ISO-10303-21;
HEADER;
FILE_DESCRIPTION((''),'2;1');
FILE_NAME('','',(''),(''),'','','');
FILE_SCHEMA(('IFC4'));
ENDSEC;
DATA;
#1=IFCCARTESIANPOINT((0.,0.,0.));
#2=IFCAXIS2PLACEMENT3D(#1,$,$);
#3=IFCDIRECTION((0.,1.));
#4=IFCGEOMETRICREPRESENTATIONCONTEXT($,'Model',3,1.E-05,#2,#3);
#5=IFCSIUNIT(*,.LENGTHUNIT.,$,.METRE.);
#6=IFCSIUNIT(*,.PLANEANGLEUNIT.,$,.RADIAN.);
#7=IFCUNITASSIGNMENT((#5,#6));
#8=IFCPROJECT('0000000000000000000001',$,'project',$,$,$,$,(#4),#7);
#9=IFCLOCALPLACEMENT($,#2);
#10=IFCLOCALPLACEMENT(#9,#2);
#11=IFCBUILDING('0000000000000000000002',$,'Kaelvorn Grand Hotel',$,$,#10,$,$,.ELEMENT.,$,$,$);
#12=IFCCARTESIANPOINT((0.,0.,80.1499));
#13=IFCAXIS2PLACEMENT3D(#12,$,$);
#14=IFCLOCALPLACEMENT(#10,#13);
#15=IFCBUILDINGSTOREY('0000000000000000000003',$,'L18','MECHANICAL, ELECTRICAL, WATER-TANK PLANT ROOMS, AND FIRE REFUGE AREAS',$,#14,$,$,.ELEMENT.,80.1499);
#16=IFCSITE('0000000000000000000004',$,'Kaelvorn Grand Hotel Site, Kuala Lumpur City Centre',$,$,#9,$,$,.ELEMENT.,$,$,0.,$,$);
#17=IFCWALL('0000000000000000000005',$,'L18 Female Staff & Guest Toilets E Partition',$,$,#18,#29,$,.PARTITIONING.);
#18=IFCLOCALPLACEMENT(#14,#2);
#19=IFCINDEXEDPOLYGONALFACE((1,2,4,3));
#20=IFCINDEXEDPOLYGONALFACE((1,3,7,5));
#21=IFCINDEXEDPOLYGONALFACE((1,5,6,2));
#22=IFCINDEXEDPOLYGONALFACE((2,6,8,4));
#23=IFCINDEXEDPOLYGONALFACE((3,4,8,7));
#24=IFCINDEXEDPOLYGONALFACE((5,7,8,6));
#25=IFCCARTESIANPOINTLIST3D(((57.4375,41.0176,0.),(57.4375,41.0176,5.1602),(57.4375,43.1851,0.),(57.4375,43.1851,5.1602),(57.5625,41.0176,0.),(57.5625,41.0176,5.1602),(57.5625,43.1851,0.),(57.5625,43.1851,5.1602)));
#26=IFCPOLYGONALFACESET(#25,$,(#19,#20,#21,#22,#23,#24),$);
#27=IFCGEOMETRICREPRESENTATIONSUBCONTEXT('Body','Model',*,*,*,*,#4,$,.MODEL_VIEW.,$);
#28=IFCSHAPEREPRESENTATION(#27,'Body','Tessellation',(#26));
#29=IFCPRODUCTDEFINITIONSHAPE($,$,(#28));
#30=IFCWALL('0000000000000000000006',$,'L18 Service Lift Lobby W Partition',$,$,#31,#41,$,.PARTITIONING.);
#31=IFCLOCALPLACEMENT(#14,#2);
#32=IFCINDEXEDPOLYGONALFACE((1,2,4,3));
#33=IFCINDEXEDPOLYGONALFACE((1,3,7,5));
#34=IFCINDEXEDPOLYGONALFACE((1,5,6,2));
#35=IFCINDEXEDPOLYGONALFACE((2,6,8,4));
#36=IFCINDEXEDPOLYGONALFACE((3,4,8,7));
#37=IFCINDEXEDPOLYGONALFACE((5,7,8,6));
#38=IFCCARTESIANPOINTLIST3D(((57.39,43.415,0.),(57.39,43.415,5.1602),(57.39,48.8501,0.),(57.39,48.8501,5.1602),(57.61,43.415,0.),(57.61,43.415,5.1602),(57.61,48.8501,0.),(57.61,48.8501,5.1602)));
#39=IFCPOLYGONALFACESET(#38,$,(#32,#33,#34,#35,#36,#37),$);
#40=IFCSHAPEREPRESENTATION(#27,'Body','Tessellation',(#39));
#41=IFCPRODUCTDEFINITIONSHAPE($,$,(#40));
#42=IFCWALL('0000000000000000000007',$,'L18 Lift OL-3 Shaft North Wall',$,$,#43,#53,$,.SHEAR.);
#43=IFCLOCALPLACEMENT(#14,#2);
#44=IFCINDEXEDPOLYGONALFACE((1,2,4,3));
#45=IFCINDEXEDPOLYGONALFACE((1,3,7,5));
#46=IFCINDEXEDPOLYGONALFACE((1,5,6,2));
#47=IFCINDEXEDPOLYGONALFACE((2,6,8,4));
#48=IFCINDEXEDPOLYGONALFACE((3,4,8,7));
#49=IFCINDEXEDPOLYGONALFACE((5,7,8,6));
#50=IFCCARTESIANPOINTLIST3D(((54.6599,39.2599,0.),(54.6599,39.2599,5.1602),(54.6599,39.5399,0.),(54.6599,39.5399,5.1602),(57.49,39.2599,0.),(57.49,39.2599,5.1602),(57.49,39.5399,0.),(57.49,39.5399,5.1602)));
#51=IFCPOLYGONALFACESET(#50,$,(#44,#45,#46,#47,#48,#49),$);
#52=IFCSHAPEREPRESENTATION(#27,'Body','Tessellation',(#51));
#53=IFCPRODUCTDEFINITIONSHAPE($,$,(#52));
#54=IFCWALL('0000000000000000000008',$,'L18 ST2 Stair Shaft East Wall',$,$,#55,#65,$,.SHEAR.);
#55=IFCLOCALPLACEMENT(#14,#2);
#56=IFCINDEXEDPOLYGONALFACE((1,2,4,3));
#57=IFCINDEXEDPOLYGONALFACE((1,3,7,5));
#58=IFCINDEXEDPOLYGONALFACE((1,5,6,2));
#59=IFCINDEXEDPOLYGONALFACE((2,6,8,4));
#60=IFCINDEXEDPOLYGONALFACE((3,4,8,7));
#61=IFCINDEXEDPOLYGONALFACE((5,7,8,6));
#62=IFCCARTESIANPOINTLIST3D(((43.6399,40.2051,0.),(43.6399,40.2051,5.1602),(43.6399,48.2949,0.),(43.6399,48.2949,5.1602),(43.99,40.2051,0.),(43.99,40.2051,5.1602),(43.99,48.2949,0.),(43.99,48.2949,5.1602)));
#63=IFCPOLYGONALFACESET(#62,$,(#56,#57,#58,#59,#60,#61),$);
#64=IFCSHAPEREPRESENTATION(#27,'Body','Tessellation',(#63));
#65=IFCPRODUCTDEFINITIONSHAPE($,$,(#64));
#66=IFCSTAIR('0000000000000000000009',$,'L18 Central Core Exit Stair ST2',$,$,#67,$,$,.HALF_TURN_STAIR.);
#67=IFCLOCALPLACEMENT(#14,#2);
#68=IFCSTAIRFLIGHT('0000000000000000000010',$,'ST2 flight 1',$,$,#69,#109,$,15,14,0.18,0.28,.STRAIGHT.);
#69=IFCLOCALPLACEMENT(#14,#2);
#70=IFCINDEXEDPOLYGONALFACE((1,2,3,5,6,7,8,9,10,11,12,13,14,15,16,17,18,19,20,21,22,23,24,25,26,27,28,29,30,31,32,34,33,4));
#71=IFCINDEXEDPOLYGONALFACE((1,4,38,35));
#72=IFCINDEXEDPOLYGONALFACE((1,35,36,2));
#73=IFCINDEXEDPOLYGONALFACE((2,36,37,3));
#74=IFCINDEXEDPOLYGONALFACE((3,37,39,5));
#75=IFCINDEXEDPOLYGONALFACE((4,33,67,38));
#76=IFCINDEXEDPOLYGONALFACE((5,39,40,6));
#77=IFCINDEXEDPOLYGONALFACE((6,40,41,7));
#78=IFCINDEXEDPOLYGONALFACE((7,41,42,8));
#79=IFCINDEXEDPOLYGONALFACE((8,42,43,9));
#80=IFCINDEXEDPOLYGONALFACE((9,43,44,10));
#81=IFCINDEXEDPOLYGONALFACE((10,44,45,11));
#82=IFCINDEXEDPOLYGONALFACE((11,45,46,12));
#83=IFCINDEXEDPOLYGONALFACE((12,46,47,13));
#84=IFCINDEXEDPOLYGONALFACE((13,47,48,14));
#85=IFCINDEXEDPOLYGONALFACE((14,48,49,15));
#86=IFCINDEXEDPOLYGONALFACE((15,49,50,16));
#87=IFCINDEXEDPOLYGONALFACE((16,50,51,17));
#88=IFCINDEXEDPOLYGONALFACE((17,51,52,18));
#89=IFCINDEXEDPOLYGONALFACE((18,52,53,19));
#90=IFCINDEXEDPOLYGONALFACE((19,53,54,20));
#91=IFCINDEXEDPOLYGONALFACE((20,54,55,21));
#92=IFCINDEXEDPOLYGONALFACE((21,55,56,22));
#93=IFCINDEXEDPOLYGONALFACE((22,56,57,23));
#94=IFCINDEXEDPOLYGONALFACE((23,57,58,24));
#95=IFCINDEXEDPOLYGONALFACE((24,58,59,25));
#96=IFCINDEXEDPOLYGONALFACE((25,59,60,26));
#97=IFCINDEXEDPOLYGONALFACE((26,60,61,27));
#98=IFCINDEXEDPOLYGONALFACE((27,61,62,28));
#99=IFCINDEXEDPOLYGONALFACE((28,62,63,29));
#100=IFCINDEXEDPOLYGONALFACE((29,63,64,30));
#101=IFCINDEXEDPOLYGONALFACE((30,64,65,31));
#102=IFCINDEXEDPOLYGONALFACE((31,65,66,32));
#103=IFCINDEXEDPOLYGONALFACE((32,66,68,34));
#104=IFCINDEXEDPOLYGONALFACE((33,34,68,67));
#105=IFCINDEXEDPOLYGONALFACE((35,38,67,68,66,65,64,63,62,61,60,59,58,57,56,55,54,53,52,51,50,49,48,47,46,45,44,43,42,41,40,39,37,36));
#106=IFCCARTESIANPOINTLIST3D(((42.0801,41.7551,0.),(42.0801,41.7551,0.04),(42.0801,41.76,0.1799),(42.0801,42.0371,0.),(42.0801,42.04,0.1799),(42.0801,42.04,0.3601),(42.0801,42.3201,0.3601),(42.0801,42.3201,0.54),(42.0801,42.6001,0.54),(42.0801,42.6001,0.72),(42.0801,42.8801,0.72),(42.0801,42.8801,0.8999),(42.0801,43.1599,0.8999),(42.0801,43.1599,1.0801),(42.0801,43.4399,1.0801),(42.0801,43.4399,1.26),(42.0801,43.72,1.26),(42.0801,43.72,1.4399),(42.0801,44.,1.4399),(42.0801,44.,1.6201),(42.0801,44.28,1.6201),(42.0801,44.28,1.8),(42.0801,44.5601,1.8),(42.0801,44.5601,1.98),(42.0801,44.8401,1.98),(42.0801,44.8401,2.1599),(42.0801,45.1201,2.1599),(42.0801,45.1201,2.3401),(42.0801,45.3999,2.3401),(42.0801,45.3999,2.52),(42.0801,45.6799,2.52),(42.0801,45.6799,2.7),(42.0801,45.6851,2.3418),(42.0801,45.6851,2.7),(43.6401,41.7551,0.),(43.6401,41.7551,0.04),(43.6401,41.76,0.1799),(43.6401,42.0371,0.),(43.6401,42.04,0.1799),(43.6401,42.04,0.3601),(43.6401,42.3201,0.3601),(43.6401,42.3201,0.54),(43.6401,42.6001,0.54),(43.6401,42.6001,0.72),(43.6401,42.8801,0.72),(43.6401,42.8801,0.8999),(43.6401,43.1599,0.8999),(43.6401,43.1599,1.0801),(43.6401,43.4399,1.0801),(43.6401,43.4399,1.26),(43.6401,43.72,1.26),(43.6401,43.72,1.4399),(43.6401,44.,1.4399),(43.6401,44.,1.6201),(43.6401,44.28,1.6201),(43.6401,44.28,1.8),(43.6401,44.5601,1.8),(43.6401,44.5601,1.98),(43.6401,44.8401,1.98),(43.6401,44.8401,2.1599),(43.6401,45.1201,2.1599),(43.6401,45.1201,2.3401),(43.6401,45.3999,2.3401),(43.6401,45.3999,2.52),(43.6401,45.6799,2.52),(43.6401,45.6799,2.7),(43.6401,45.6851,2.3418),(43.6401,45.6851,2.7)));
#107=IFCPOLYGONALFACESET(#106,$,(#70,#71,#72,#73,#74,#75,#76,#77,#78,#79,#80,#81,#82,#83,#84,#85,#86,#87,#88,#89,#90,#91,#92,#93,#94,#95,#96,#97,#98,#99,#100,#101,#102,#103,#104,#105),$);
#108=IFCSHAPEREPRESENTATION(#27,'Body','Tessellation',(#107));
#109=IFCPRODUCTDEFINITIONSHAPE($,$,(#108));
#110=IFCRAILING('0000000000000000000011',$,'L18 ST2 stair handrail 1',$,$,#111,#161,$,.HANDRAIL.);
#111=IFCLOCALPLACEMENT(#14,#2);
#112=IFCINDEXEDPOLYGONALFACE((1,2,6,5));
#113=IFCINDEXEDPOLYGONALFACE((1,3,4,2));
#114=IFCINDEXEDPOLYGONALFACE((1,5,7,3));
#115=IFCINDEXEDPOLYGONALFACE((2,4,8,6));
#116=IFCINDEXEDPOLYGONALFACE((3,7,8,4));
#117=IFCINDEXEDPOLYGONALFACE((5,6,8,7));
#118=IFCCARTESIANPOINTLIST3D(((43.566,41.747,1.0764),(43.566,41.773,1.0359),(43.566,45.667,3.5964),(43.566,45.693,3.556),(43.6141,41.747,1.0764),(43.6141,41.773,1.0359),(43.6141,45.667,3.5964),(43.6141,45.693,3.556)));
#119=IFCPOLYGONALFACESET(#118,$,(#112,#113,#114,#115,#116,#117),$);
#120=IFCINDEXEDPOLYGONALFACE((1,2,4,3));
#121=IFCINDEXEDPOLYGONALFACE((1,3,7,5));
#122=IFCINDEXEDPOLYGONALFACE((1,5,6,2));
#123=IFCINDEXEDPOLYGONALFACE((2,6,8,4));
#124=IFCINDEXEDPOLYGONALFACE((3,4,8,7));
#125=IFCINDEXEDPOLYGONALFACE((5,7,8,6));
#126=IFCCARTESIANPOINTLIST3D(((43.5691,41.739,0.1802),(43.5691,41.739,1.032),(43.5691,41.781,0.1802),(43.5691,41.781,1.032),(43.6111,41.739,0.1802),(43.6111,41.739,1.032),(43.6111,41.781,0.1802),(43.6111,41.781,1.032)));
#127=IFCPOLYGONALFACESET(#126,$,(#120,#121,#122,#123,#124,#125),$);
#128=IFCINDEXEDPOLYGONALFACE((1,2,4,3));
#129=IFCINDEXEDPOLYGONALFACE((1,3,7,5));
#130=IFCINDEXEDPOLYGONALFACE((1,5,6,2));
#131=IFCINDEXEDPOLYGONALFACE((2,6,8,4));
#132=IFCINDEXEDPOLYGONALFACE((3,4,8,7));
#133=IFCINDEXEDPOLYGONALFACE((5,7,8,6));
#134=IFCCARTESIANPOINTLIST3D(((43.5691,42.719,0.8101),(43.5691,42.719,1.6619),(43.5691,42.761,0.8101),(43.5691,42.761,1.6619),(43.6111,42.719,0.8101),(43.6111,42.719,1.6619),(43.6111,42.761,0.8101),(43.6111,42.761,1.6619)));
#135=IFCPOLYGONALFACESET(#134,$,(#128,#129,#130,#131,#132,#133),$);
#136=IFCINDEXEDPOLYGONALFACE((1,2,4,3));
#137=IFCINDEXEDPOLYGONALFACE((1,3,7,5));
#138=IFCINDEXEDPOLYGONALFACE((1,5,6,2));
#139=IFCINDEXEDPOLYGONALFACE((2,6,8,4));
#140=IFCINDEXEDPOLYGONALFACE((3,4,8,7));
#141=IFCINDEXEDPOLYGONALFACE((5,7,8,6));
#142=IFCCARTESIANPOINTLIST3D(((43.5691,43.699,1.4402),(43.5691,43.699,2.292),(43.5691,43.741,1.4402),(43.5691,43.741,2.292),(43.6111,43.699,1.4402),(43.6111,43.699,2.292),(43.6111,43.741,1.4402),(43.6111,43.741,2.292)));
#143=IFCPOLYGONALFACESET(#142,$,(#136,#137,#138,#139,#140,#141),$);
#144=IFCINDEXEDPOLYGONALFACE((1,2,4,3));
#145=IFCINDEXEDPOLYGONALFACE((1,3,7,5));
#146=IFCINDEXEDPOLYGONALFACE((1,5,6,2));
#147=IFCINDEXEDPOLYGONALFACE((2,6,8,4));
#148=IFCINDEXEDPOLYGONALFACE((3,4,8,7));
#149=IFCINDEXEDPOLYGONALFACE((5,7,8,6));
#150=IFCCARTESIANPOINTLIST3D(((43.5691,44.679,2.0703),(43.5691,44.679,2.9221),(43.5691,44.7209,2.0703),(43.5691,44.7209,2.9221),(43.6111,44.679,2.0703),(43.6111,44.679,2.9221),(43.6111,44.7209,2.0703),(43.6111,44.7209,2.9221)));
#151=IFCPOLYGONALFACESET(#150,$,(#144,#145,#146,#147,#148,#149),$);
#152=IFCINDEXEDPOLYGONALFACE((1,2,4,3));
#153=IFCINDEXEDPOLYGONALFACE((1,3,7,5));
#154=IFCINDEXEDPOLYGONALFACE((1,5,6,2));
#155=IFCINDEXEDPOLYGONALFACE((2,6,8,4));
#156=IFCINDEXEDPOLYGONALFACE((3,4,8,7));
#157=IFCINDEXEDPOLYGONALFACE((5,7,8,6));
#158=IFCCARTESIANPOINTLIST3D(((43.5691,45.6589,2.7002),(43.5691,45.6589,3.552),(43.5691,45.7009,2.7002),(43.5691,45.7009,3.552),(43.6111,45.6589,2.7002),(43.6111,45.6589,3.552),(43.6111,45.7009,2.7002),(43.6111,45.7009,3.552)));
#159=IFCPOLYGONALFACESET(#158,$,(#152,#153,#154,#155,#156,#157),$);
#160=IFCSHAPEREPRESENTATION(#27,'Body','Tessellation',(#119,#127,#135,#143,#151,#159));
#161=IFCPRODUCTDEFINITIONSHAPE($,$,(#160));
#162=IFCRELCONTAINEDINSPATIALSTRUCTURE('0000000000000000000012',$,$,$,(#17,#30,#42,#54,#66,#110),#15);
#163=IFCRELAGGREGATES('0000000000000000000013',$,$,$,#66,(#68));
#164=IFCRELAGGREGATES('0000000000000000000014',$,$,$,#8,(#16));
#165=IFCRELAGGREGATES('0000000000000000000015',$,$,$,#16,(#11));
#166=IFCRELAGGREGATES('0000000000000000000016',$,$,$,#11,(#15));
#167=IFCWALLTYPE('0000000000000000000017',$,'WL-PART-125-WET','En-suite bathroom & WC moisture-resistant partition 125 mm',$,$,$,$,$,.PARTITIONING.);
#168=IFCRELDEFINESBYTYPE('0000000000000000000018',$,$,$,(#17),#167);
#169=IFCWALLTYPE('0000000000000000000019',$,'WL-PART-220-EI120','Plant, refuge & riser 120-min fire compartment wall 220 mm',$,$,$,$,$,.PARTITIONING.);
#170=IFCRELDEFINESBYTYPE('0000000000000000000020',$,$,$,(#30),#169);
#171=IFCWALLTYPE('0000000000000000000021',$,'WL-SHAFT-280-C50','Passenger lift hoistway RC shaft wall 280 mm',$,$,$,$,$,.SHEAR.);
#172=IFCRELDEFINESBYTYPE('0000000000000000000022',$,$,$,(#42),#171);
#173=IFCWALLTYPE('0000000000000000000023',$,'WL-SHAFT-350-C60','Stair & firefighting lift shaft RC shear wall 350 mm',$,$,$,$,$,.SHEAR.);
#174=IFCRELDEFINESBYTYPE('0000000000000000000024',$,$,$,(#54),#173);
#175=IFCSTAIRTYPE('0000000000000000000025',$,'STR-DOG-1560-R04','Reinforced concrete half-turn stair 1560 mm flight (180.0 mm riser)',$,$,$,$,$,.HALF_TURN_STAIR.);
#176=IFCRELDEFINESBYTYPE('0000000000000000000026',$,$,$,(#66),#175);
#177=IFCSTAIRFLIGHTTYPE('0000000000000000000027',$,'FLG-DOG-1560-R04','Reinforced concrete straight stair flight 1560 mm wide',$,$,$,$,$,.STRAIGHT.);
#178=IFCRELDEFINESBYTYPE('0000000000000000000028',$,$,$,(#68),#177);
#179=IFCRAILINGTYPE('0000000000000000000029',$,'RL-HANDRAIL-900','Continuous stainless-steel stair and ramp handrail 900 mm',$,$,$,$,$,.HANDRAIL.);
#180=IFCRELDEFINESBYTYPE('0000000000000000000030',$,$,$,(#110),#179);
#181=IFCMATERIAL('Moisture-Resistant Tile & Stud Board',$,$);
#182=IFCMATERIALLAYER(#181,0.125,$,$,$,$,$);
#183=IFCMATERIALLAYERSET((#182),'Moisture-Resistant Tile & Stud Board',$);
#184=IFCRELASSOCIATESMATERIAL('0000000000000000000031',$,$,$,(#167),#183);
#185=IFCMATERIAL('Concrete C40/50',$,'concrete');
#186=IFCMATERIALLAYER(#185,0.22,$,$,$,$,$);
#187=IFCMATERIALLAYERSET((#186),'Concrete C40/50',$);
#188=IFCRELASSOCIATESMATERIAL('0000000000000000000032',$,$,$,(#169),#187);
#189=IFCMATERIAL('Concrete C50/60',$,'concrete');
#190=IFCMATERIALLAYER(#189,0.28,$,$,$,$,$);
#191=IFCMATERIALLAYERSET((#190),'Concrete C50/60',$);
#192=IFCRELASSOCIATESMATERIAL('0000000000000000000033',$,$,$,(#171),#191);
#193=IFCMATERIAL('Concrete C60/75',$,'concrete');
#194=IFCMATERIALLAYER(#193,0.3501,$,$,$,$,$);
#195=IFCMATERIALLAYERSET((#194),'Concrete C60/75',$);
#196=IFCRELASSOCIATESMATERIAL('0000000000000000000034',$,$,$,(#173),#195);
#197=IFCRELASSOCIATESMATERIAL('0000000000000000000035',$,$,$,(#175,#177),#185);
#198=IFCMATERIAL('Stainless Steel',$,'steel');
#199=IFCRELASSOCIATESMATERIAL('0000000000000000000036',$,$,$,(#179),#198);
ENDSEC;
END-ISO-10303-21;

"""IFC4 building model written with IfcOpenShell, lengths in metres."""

from ifc_helpers import new_model, si_unit, direction, frame, frame_2d, origin, origin_2d, place, context, subcontext, project, spatial, polyline, rectangle, outline, extrude, material, layer, layer_set, type_object, element, aggregate, save


model = new_model("IFC4")

# Units and contexts
model_context = context("Model", 3, precision=1e-05, world=origin(), true_north=direction((0.0, 1.0)))
body_context = subcontext(model_context, "Body", "Model", "MODEL_VIEW")
ifc_project = project(units=[si_unit("LENGTHUNIT", "METRE"), si_unit("PLANEANGLEUNIT", "RADIAN")], contexts=[model_context])

# Site, building, storey
site_placement = place(None, origin())
site = spatial("IfcSite", under=ifc_project, at=site_placement, Name="Kaelvorn Grand Hotel Site, Kuala Lumpur City Centre", CompositionType="ELEMENT", RefElevation=0.0)
building_placement = place(site_placement, origin())
building = spatial("IfcBuilding", under=site, at=building_placement, Name="Kaelvorn Grand Hotel", CompositionType="ELEMENT")
storey_placement = place(building_placement, frame((0.0, 0.0, 80.1499)))
storey = spatial("IfcBuildingStorey", under=building, at=storey_placement, Name="L18", Description="MECHANICAL, ELECTRICAL, WATER-TANK PLANT ROOMS, AND FIRE REFUGE AREAS", CompositionType="ELEMENT", Elevation=80.1499)

# Shared definitions
ifc_material_1 = material(Name="Concrete C60/75", Category="concrete")

# Shared definitions
ifc_material_2 = material(Name="Moisture-Resistant Tile & Stud Board")
ifc_layer_1 = layer(ifc_material_2, 0.125)
ifc_layer_set_1 = layer_set([ifc_layer_1], Name="Moisture-Resistant Tile & Stud Board")
wall_type_1 = type_object("IfcWallType", Name="WL-PART-125-WET", Description="En-suite bathroom & WC moisture-resistant partition 125 mm", PredefinedType="PARTITIONING", material=ifc_layer_set_1)

# Wall
wall_1_placement = place(storey_placement, frame((57.5, 41.0176, 0.0), z_axis=(0.0, 0.0, 1.0), x_axis=(0.0, 1.0, 0.0)))
element("IfcWall", 1, at=wall_1_placement, inside=storey, type_object=wall_type_1, Name="L18 Female Staff & Guest Toilets E Partition", PredefinedType="PARTITIONING", context=body_context, shape_type="SweptSolid", body=[
    extrude(rectangle(XDim=2.1675, YDim=0.125, at=frame_2d((1.0837, 0.0))), origin(), (0.0, 0.0, 1.0), 5.1602),
])

# Shared definitions
ifc_material_3 = material(Name="Concrete C40/50", Category="concrete")
ifc_layer_2 = layer(ifc_material_3, 0.22)
ifc_layer_set_2 = layer_set([ifc_layer_2], Name="Concrete C40/50")
wall_type_2 = type_object("IfcWallType", Name="WL-PART-220-EI120", Description="Plant, refuge & riser 120-min fire compartment wall 220 mm", PredefinedType="PARTITIONING", material=ifc_layer_set_2)

# Walls
wall_2_placement = place(storey_placement, frame((57.5, 43.415, 0.0), z_axis=(0.0, 0.0, 1.0), x_axis=(0.0, 1.0, 0.0)))
element("IfcWall", 2, at=wall_2_placement, inside=storey, type_object=wall_type_2, Name="L18 Service Lift Lobby W Partition", PredefinedType="PARTITIONING", context=body_context, shape_type="SweptSolid", body=[
    extrude(rectangle(XDim=5.4351, YDim=0.22, at=frame_2d((2.7175, 0.0))), origin(), (0.0, 0.0, 1.0), 5.1602),
])
ifc_material_4 = material(Name="Concrete C50/60", Category="concrete")
ifc_layer_3 = layer(ifc_material_4, 0.28)
ifc_layer_set_3 = layer_set([ifc_layer_3], Name="Concrete C50/60")
wall_type_3 = type_object("IfcWallType", Name="WL-SHAFT-280-C50", Description="Passenger lift hoistway RC shaft wall 280 mm", PredefinedType="SHEAR", material=ifc_layer_set_3)
wall_3_placement = place(storey_placement, frame((54.6599, 39.3999, 0.0), z_axis=(0.0, 0.0, 1.0), x_axis=(1.0, 0.0, 0.0)))
element("IfcWall", 3, at=wall_3_placement, inside=storey, type_object=wall_type_3, Name="L18 Lift OL-3 Shaft North Wall", PredefinedType="SHEAR", context=body_context, shape_type="SweptSolid", body=[
    extrude(rectangle(XDim=2.8301, YDim=0.28, at=frame_2d((1.415, 0.0))), origin(), (0.0, 0.0, 1.0), 5.1602),
])
ifc_layer_4 = layer(ifc_material_1, 0.3501)
ifc_layer_set_4 = layer_set([ifc_layer_4], Name="Concrete C60/75")
wall_type_4 = type_object("IfcWallType", Name="WL-SHAFT-350-C60", Description="Stair & firefighting lift shaft RC shear wall 350 mm", PredefinedType="SHEAR", material=ifc_layer_set_4)
wall_4_placement = place(storey_placement, frame((43.8149, 40.2051, 0.0), z_axis=(0.0, 0.0, 1.0), x_axis=(0.0, 1.0, 0.0)))
element("IfcWall", 4, at=wall_4_placement, inside=storey, type_object=wall_type_4, Name="L18 ST2 Stair Shaft East Wall", PredefinedType="SHEAR", context=body_context, shape_type="SweptSolid", body=[
    extrude(rectangle(XDim=8.0898, YDim=0.3501, at=frame_2d((4.0449, 0.0))), origin(), (0.0, 0.0, 1.0), 5.1602),
])

# Stair, stair flight
stair_type = type_object("IfcStairType", Name="STR-DOG-1560-R04", Description="Reinforced concrete half-turn stair 1560 mm flight (180.0 mm riser)", PredefinedType="HALF_TURN_STAIR", material=ifc_material_3)
stair_placement = place(storey_placement, origin())
stair = element("IfcStair", 5, at=stair_placement, inside=storey, type_object=stair_type, Name="L18 Central Core Exit Stair ST2", PredefinedType="HALF_TURN_STAIR")
stair_flight_type = type_object("IfcStairFlightType", Name="FLG-DOG-1560-R04", Description="Reinforced concrete straight stair flight 1560 mm wide", PredefinedType="STRAIGHT", material=ifc_material_3)
stair_flight_placement = place(storey_placement, frame((42.8601, 41.76, 0.0), z_axis=(0.0, 0.0, 1.0), x_axis=(0.0, 1.0, 0.0)))
stair_flight = element("IfcStairFlight", 6, at=stair_flight_placement, type_object=stair_flight_type, Name="ST2 flight 1", NumberOfRisers=15, NumberOfTreads=14, PredefinedType="STRAIGHT", RiserHeight=0.18, TreadLength=0.28, context=body_context, shape_type="SweptSolid", body=[
    extrude(outline(polyline([(-0.0049, 0.0), (-0.0049, 0.04), (0.0, 0.1799), (0.28, 0.1799), (0.28, 0.3601), (0.5601, 0.3601), (0.5601, 0.54), (0.8401, 0.54), (0.8401, 0.72), (1.1201, 0.72), (1.1201, 0.8999), (1.3999, 0.8999), (1.3999, 1.0801), (1.6799, 1.0801), (1.6799, 1.26), (1.96, 1.26), (1.96, 1.4399), (2.24, 1.4399), (2.24, 1.6201), (2.52, 1.6201), (2.52, 1.8), (2.8, 1.8), (2.8, 1.98), (3.0801, 1.98), (3.0801, 2.1599), (3.3601, 2.1599), (3.3601, 2.3401), (3.6399, 2.3401), (3.6399, 2.52), (3.9199, 2.52), (3.9199, 2.7), (3.925, 2.7), (3.925, 2.3418), (0.2771, 0.0), (-0.0049, 0.0)])), frame((0.0, 0.78, 0.0), z_axis=(0.0, -1.0, 0.0), x_axis=(1.0, 0.0, 0.0)), (0.0, 0.0, 1.0), 1.5601),
])
aggregate(stair, [stair_flight])

# Railing
ifc_material_5 = material(Name="Stainless Steel", Category="steel")
railing_type_1 = type_object("IfcRailingType", Name="RL-HANDRAIL-900", Description="Continuous stainless-steel stair and ramp handrail 900 mm", PredefinedType="HANDRAIL", material=ifc_material_5)
railing_1_placement = place(storey_placement, frame((43.5901, 41.76, 0.1802)))
element("IfcRailing", 7, at=railing_1_placement, inside=storey, type_object=railing_type_1, Name="L18 ST2 stair handrail 1", PredefinedType="HANDRAIL", context=body_context, shape_type="SweptSolid", body=[
    extrude(rectangle(XDim=0.0481, YDim=0.0481, at=origin_2d()), frame((0.0, 0.0, 0.876), z_axis=(0.0, 0.841172, 0.540768), x_axis=(-1.0, 0.0, 0.0)), (0.0, 0.0, 1.0), 4.6602),
    extrude(rectangle(XDim=0.042, YDim=0.042, at=origin_2d()), origin(), (0.0, 0.0, 1.0), 0.8518),
    extrude(rectangle(XDim=0.042, YDim=0.042, at=origin_2d()), frame((0.0, 0.98, 0.6299)), (0.0, 0.0, 1.0), 0.8518),
    extrude(rectangle(XDim=0.042, YDim=0.042, at=origin_2d()), frame((0.0, 1.96, 1.26)), (0.0, 0.0, 1.0), 0.8518),
    extrude(rectangle(XDim=0.042, YDim=0.042, at=origin_2d()), frame((0.0, 2.9399, 1.8901)), (0.0, 0.0, 1.0), 0.8518),
    extrude(rectangle(XDim=0.042, YDim=0.042, at=origin_2d()), frame((0.0, 3.9199, 2.52)), (0.0, 0.0, 1.0), 0.8518),
])

save(model, "model.ifc")
